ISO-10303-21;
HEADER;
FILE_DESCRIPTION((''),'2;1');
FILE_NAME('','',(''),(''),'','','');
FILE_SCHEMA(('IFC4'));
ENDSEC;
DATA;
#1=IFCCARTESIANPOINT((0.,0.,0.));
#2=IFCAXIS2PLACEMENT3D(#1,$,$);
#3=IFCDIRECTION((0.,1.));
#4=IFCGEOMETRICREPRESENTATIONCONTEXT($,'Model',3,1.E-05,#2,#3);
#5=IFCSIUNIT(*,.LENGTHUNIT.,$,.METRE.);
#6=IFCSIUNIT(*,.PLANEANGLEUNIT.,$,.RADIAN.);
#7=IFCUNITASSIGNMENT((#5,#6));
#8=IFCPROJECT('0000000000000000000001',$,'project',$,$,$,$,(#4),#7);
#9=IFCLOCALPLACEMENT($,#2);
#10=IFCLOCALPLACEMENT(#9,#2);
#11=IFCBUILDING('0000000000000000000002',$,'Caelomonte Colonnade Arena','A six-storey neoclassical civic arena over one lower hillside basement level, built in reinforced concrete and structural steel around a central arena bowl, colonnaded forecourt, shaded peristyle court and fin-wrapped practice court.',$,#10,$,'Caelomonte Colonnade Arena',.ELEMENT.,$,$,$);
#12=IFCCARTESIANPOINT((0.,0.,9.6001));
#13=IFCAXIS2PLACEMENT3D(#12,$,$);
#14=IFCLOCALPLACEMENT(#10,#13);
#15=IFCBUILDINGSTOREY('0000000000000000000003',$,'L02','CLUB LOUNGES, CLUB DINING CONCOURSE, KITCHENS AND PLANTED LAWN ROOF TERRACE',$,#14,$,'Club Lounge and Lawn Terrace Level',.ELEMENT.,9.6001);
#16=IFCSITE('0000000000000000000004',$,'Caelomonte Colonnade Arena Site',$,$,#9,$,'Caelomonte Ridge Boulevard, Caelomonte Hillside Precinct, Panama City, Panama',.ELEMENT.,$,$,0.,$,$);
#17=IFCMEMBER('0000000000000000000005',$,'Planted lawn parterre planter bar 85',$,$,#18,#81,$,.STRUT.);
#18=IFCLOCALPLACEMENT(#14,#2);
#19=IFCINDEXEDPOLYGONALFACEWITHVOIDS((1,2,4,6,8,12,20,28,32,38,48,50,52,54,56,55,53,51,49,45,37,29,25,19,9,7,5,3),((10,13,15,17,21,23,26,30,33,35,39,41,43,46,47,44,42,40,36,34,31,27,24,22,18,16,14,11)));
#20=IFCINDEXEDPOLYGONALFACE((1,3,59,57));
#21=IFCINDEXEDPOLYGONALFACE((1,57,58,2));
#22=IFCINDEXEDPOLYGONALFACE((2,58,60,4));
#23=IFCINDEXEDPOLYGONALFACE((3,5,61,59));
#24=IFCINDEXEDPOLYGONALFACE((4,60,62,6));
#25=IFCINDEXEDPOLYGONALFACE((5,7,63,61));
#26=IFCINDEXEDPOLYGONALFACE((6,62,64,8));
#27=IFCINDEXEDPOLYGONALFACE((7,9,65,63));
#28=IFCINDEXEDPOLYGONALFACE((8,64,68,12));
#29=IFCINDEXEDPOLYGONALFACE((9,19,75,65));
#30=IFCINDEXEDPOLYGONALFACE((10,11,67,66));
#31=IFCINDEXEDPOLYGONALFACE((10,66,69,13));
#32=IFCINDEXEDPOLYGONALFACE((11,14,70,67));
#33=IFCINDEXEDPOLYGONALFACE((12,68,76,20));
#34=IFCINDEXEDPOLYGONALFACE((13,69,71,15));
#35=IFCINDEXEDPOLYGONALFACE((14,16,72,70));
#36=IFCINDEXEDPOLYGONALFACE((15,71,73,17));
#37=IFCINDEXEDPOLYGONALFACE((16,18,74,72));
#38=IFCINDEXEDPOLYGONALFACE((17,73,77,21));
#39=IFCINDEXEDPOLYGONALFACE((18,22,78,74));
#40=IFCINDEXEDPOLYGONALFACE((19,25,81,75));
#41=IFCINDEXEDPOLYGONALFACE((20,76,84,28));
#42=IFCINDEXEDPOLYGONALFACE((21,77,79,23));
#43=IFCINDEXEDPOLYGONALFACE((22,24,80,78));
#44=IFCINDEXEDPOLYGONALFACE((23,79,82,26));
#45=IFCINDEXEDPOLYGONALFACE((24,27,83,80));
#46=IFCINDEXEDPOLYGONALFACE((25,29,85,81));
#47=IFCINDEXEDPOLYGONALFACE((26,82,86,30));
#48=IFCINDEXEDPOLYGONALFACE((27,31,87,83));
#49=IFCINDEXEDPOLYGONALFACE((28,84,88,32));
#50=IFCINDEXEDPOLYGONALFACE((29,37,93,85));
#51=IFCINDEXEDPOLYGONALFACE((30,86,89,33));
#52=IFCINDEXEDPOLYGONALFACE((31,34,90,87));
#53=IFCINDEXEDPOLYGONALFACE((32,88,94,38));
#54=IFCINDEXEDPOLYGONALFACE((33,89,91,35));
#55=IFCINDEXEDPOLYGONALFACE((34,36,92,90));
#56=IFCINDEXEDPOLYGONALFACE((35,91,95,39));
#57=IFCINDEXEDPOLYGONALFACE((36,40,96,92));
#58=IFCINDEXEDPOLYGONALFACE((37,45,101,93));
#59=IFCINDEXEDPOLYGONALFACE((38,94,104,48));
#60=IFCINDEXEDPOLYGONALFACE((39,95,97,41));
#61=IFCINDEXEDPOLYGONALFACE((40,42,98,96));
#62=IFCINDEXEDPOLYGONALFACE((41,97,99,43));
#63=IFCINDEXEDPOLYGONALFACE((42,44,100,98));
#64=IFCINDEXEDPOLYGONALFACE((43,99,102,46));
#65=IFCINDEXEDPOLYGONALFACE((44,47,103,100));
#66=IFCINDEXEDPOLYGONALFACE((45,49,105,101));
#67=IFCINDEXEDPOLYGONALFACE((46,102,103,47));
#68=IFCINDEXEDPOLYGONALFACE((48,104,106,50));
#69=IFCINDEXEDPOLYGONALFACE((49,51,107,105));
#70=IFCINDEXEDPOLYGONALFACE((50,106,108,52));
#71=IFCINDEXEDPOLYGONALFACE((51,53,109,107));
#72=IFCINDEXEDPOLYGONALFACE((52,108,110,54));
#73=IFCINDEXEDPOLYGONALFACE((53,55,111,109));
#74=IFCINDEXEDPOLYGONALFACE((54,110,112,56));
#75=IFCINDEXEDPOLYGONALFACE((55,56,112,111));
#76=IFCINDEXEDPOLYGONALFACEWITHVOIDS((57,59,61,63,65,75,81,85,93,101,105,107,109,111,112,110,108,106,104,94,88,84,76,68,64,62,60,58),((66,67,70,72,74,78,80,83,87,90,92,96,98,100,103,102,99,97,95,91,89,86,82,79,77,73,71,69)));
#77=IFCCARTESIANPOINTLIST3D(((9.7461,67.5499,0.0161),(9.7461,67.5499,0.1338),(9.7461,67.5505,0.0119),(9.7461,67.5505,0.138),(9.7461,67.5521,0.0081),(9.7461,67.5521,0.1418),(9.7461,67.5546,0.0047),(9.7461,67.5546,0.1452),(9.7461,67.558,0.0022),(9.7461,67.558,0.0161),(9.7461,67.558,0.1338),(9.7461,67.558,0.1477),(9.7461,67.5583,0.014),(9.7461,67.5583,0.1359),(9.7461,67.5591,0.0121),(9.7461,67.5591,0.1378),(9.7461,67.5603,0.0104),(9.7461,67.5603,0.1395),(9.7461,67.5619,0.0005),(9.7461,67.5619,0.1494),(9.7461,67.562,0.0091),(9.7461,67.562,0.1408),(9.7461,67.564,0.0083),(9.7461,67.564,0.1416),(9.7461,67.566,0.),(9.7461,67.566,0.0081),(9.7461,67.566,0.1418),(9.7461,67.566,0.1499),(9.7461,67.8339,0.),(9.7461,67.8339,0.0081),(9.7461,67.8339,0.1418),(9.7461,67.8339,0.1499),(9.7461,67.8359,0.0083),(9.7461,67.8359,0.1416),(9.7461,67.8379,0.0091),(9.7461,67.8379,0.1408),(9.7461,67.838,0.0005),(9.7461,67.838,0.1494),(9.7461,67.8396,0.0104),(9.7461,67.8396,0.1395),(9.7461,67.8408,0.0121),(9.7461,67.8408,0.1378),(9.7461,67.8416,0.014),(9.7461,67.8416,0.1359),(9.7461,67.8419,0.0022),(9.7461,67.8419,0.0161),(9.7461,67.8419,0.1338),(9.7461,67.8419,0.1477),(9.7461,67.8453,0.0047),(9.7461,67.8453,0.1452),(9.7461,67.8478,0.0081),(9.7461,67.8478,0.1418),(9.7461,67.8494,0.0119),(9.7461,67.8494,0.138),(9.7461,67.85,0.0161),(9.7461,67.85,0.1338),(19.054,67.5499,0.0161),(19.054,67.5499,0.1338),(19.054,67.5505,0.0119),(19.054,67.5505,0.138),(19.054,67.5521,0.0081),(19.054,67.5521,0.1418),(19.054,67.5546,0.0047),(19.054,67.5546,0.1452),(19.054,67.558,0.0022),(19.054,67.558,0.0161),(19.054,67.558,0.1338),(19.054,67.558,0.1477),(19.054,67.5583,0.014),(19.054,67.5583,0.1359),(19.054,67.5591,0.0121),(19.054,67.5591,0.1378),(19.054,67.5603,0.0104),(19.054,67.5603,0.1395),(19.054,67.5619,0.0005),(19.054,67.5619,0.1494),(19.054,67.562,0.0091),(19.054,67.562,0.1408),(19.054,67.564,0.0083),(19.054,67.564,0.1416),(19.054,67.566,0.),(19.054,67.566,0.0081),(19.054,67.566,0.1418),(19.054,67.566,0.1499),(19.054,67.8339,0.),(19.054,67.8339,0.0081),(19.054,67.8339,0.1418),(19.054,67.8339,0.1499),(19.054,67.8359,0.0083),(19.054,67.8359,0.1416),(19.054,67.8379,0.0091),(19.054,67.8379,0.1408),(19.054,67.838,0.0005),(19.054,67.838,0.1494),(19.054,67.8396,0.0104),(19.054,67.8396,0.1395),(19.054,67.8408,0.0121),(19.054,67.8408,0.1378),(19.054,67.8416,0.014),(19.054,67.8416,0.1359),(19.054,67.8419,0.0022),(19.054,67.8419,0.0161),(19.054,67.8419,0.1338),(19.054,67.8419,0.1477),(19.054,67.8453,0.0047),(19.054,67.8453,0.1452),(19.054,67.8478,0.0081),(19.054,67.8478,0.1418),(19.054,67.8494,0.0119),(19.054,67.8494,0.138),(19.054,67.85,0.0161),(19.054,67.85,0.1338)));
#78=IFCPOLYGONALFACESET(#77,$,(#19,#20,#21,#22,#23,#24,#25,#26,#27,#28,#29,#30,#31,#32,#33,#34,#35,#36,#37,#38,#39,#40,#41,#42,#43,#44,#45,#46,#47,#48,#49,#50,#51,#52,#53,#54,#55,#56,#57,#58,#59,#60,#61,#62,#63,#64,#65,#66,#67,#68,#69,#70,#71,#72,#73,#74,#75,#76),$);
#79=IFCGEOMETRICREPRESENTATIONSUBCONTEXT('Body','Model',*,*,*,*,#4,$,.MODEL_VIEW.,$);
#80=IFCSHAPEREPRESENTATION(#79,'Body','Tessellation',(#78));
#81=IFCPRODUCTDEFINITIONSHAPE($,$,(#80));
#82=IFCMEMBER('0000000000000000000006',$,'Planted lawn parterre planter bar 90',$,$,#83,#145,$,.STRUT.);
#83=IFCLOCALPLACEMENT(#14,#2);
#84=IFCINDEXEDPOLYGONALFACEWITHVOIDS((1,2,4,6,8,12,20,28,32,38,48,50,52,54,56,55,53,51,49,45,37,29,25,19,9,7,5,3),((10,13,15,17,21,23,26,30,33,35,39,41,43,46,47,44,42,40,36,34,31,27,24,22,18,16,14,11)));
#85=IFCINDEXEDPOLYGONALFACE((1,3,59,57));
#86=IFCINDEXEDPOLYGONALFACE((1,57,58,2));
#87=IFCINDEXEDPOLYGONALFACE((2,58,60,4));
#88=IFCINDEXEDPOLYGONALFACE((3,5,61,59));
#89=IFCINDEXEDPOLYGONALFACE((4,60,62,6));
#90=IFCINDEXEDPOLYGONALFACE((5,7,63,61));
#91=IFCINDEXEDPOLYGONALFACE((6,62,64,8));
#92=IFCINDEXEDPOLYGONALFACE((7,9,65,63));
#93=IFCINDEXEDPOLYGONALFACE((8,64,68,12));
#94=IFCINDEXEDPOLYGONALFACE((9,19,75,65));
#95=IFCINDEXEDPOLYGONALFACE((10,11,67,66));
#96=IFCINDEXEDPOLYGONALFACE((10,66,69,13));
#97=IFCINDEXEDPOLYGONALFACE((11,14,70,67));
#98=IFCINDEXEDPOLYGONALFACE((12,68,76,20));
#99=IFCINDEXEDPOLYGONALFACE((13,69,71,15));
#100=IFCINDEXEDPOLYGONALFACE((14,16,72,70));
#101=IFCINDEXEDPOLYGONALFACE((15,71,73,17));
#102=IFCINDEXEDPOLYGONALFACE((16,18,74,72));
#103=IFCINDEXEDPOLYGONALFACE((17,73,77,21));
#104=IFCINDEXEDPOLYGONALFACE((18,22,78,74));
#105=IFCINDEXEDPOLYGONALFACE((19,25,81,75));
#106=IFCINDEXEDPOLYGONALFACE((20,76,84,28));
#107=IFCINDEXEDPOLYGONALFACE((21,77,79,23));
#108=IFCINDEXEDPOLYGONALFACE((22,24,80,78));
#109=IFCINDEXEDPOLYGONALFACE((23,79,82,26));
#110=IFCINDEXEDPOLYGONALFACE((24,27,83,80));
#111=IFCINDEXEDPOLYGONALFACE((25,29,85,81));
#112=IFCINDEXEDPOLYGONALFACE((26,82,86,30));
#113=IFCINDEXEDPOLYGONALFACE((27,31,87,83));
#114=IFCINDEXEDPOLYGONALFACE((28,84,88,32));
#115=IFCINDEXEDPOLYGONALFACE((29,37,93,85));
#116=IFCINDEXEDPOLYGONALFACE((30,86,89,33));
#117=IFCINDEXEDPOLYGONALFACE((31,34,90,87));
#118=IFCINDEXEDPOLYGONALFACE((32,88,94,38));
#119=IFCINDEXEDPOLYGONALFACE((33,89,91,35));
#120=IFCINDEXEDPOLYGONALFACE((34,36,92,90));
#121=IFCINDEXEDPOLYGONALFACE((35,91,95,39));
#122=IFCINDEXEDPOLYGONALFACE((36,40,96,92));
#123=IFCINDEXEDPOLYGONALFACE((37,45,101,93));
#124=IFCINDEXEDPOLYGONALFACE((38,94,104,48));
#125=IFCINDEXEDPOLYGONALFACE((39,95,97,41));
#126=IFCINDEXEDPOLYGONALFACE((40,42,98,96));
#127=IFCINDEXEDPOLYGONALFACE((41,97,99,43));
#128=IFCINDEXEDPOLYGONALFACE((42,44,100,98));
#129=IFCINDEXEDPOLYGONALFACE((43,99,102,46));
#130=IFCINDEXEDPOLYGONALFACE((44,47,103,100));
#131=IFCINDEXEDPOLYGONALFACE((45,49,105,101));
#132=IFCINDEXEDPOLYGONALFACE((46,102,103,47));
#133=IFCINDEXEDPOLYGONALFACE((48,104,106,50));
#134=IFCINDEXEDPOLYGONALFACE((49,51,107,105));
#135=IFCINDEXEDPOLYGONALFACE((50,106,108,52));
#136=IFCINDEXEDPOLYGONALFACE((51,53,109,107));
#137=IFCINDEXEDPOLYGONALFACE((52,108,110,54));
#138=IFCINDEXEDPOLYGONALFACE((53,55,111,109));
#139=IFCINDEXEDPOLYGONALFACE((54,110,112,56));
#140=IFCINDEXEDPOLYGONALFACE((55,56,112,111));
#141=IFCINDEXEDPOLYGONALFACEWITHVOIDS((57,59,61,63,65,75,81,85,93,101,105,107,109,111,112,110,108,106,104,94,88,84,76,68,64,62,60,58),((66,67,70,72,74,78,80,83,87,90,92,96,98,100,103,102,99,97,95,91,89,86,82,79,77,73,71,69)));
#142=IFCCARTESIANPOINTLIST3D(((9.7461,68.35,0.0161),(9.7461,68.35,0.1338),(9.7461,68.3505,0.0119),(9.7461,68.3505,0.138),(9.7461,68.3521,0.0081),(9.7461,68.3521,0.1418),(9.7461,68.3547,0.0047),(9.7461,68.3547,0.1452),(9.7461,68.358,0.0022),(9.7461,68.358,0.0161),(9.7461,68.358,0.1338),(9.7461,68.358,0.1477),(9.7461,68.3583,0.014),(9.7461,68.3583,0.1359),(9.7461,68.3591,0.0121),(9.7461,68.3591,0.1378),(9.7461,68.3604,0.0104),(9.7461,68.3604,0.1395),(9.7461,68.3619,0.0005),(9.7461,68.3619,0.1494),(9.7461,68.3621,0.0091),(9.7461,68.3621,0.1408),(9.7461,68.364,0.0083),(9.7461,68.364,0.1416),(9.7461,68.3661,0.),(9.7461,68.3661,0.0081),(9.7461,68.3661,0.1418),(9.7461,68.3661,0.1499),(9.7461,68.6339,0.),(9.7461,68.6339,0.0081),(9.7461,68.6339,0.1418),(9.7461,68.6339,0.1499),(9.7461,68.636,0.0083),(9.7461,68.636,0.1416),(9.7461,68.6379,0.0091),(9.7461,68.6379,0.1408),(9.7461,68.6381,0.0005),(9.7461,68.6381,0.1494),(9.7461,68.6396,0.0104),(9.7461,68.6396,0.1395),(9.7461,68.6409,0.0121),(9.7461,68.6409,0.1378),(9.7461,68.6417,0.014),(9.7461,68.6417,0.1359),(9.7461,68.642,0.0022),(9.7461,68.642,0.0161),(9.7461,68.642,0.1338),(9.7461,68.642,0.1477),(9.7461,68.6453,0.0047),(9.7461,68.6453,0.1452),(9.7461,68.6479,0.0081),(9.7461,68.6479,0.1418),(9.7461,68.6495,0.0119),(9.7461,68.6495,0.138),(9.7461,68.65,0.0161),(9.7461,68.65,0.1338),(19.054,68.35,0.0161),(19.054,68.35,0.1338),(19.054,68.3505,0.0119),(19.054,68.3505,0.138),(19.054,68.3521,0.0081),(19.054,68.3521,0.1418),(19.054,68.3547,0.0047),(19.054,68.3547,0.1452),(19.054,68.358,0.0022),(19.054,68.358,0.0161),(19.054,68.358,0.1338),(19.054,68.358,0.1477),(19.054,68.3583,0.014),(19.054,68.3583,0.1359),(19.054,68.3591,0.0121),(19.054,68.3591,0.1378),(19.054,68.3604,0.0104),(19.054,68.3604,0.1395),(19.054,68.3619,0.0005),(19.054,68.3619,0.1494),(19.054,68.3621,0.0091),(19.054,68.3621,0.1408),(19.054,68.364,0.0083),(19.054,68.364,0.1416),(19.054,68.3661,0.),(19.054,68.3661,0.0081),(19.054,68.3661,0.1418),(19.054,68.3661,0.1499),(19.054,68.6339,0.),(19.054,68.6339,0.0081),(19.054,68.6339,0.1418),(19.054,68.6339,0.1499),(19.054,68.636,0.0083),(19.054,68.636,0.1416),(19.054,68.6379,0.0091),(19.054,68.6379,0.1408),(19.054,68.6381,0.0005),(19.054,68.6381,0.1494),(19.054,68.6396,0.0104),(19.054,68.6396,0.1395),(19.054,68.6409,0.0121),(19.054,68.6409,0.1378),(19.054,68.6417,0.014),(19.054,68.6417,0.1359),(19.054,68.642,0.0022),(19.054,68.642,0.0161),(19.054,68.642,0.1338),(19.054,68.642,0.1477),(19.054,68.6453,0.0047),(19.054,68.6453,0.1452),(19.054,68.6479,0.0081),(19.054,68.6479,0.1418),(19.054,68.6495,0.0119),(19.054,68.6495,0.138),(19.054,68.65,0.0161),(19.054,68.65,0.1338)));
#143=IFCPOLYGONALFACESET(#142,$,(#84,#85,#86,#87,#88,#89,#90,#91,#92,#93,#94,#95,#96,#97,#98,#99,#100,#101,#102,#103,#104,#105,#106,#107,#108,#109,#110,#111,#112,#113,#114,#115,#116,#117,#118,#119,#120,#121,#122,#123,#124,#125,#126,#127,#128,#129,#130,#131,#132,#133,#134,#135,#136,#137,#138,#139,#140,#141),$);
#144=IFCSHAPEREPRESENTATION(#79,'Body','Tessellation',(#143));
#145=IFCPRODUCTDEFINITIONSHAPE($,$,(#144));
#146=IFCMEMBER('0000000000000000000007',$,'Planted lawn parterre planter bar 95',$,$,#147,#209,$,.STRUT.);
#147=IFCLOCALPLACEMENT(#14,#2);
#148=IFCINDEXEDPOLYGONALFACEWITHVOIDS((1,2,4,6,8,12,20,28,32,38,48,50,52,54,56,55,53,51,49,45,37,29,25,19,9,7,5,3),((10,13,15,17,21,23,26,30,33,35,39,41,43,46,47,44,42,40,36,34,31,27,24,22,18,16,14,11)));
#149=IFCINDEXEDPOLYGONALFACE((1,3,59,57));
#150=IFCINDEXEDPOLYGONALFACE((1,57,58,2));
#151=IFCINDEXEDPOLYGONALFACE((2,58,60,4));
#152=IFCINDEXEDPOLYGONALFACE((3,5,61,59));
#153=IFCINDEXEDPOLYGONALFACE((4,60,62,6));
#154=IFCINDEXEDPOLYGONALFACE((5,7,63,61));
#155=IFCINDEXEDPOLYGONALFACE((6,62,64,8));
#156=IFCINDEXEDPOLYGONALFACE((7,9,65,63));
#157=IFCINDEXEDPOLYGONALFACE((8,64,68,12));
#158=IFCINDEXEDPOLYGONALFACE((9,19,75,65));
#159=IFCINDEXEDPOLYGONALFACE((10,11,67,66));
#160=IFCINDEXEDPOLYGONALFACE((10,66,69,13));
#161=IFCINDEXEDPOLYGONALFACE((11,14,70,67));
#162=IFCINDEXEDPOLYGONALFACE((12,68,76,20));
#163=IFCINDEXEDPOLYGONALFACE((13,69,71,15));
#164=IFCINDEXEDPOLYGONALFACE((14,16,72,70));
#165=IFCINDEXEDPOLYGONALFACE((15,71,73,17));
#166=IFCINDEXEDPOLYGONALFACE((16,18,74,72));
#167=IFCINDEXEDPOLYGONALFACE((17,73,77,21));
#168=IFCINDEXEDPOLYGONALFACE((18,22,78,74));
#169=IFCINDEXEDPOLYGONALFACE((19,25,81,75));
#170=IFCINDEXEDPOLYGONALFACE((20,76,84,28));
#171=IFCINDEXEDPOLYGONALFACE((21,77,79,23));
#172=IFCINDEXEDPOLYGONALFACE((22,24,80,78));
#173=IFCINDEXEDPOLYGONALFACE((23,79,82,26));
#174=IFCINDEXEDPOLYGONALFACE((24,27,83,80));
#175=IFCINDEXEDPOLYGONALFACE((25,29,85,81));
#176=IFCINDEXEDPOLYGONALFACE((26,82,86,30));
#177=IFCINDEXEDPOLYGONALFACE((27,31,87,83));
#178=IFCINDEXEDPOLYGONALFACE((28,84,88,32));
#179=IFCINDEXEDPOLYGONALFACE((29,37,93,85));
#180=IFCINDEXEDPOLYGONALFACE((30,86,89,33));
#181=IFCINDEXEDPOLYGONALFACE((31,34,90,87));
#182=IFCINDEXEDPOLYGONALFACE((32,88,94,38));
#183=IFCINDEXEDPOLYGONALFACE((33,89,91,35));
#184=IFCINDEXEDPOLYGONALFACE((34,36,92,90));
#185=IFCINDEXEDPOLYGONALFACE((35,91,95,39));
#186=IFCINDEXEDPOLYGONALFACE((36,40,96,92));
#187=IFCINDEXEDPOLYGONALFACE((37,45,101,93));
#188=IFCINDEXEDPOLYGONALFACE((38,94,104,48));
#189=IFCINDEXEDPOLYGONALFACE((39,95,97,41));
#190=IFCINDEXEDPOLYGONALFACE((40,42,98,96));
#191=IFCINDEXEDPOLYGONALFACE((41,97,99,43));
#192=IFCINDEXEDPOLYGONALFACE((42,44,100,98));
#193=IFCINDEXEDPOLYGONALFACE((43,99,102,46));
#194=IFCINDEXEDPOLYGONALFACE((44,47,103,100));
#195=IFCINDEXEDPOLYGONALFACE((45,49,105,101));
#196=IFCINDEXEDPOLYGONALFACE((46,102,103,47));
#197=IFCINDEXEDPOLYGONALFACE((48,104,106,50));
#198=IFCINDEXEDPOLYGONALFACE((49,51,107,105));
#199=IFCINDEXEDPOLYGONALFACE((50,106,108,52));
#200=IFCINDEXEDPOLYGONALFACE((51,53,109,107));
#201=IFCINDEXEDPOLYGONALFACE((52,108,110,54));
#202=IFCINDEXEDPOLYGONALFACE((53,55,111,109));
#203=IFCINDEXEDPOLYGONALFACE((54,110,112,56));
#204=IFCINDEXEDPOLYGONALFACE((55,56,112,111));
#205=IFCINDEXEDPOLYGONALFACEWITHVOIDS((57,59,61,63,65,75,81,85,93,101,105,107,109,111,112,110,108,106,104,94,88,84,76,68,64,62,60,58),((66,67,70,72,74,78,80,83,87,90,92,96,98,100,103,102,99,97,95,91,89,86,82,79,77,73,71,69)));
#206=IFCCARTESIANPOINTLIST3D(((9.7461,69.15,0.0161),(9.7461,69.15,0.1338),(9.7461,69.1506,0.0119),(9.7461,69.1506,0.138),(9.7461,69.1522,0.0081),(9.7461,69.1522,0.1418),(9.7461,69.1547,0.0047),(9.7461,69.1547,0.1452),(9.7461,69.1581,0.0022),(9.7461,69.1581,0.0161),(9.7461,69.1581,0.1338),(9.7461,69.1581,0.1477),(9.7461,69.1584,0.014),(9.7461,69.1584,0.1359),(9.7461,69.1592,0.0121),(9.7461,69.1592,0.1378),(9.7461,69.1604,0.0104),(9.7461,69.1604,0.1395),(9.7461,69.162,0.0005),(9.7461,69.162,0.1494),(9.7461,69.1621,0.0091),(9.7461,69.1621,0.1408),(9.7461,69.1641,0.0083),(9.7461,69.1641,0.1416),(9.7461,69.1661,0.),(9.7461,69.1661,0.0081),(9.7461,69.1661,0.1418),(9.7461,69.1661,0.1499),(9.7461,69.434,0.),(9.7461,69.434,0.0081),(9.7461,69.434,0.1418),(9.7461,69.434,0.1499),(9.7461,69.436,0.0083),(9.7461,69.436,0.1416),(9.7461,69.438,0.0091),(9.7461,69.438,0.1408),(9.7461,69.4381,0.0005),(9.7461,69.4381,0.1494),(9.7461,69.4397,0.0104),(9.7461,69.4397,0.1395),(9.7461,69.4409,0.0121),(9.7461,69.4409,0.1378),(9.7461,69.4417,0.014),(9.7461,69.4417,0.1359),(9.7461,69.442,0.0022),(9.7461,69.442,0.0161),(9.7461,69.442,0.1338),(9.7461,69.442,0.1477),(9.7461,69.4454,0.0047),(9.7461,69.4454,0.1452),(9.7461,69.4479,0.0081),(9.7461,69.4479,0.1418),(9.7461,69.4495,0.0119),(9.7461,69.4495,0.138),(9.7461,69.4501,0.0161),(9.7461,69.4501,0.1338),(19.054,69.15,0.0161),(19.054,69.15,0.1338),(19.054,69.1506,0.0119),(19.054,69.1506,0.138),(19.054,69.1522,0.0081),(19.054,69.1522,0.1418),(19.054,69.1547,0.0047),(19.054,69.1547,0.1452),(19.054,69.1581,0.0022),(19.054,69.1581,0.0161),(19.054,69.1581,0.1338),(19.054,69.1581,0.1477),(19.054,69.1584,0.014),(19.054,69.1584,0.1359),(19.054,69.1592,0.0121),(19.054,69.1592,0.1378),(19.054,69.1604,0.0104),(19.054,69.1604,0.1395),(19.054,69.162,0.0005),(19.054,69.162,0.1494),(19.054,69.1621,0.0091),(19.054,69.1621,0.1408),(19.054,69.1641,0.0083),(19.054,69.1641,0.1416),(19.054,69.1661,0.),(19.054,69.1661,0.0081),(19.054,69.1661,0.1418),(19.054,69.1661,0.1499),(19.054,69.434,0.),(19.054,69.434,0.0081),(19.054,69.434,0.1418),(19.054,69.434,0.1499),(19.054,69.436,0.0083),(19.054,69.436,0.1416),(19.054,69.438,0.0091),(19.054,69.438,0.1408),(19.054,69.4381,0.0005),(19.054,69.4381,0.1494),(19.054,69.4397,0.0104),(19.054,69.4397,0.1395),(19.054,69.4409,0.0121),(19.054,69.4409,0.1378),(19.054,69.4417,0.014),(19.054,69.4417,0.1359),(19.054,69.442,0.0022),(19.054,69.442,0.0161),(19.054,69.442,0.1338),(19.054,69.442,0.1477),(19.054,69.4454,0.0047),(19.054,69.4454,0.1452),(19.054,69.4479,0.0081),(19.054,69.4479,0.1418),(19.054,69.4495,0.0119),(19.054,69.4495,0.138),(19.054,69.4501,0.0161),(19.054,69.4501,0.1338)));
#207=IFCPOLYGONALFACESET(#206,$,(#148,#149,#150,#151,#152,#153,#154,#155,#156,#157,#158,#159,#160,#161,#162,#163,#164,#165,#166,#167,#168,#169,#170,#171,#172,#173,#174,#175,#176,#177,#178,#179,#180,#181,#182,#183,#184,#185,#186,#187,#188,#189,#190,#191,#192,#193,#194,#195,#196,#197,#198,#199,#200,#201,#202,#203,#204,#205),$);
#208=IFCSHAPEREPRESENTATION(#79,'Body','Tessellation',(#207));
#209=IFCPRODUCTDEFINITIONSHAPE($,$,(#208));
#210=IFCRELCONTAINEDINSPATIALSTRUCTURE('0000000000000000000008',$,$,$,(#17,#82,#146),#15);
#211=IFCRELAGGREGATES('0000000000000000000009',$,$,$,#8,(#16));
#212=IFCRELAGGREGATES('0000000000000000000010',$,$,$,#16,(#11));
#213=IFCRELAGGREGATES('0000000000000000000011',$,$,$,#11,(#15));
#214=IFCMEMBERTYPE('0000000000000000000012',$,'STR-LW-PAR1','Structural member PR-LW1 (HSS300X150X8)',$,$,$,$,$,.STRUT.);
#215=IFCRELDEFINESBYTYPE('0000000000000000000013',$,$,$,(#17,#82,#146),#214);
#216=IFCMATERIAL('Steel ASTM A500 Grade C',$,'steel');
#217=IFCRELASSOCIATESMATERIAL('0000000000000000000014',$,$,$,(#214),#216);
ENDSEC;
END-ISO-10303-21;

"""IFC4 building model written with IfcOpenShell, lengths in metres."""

from ifc_helpers import new_model, si_unit, direction, frame, origin, origin_2d, place, context, subcontext, project, spatial, hollow_rectangle, extrude, material, material_profile, profile_set, type_object, element, save


model = new_model("IFC4")

# Units and contexts
model_context = context("Model", 3, precision=1e-05, world=origin(), true_north=direction((0.0, 1.0)))
body_context = subcontext(model_context, "Body", "Model", "MODEL_VIEW")
ifc_project = project(units=[si_unit("LENGTHUNIT", "METRE"), si_unit("PLANEANGLEUNIT", "RADIAN")], contexts=[model_context])

# Site, building, storey
site_placement = place(None, origin())
site = spatial("IfcSite", under=ifc_project, at=site_placement, Name="Caelomonte Colonnade Arena Site", LongName="Caelomonte Ridge Boulevard, Caelomonte Hillside Precinct, Panama City, Panama", CompositionType="ELEMENT", RefElevation=0.0)
building_placement = place(site_placement, origin())
building = spatial("IfcBuilding", under=site, at=building_placement, Name="Caelomonte Colonnade Arena", Description="A six-storey neoclassical civic arena over one lower hillside basement level, built in reinforced concrete and structural steel around a central arena bowl, colonnaded forecourt, shaded peristyle court and fin-wrapped practice court.", LongName="Caelomonte Colonnade Arena", CompositionType="ELEMENT")
storey_placement = place(building_placement, frame((0.0, 0.0, 9.6001)))
storey = spatial("IfcBuildingStorey", under=building, at=storey_placement, Name="L02", Description="CLUB LOUNGES, CLUB DINING CONCOURSE, KITCHENS AND PLANTED LAWN ROOF TERRACE", LongName="Club Lounge and Lawn Terrace Level", CompositionType="ELEMENT", Elevation=9.6001)

# Members
ifc_material_1 = material(Name="Steel ASTM A500 Grade C", Category="steel")
ifc_material_profile_1 = material_profile(ifc_material_1, hollow_rectangle(XDim=0.3, YDim=0.1499, WallThickness=0.0081, InnerFilletRadius=0.0081, OuterFilletRadius=0.0161, at=origin_2d()), Name="HSS300X150X8")
ifc_profile_set_1 = profile_set([ifc_material_profile_1], Name="Steel ASTM A500 Grade C")
member_type = type_object("IfcMemberType", Name="STR-LW-PAR1", Description="Structural member PR-LW1 (HSS300X150X8)", PredefinedType="STRUT", material=ifc_profile_set_1)
for number, where, z_axis, x_axis, name in (
    (1, (9.7461, 67.7, 0.075), (1.0, 0.0, 0.0), (0.0, 1.0, 0.0), "Planted lawn parterre planter bar 85"),
    (2, (9.7461, 68.5, 0.075), (1.0, 0.0, 0.0), (0.0, 1.0, 0.0), "Planted lawn parterre planter bar 90"),
    (3, (9.7461, 69.3, 0.075), (1.0, 0.0, 0.0), (0.0, 1.0, 0.0), "Planted lawn parterre planter bar 95"),
):
    element("IfcMember", number, at=place(storey_placement, frame(where, z_axis=z_axis, x_axis=x_axis)), inside=storey, type_object=member_type, Name=name, PredefinedType="STRUT", context=body_context, shape_type="SweptSolid", body=[
        extrude(hollow_rectangle(XDim=0.3, YDim=0.1499, WallThickness=0.0081, InnerFilletRadius=0.0081, OuterFilletRadius=0.0161, at=origin_2d()), origin(), (0.0, 0.0, 1.0), 9.3079),
    ])

save(model, "model.ifc")
